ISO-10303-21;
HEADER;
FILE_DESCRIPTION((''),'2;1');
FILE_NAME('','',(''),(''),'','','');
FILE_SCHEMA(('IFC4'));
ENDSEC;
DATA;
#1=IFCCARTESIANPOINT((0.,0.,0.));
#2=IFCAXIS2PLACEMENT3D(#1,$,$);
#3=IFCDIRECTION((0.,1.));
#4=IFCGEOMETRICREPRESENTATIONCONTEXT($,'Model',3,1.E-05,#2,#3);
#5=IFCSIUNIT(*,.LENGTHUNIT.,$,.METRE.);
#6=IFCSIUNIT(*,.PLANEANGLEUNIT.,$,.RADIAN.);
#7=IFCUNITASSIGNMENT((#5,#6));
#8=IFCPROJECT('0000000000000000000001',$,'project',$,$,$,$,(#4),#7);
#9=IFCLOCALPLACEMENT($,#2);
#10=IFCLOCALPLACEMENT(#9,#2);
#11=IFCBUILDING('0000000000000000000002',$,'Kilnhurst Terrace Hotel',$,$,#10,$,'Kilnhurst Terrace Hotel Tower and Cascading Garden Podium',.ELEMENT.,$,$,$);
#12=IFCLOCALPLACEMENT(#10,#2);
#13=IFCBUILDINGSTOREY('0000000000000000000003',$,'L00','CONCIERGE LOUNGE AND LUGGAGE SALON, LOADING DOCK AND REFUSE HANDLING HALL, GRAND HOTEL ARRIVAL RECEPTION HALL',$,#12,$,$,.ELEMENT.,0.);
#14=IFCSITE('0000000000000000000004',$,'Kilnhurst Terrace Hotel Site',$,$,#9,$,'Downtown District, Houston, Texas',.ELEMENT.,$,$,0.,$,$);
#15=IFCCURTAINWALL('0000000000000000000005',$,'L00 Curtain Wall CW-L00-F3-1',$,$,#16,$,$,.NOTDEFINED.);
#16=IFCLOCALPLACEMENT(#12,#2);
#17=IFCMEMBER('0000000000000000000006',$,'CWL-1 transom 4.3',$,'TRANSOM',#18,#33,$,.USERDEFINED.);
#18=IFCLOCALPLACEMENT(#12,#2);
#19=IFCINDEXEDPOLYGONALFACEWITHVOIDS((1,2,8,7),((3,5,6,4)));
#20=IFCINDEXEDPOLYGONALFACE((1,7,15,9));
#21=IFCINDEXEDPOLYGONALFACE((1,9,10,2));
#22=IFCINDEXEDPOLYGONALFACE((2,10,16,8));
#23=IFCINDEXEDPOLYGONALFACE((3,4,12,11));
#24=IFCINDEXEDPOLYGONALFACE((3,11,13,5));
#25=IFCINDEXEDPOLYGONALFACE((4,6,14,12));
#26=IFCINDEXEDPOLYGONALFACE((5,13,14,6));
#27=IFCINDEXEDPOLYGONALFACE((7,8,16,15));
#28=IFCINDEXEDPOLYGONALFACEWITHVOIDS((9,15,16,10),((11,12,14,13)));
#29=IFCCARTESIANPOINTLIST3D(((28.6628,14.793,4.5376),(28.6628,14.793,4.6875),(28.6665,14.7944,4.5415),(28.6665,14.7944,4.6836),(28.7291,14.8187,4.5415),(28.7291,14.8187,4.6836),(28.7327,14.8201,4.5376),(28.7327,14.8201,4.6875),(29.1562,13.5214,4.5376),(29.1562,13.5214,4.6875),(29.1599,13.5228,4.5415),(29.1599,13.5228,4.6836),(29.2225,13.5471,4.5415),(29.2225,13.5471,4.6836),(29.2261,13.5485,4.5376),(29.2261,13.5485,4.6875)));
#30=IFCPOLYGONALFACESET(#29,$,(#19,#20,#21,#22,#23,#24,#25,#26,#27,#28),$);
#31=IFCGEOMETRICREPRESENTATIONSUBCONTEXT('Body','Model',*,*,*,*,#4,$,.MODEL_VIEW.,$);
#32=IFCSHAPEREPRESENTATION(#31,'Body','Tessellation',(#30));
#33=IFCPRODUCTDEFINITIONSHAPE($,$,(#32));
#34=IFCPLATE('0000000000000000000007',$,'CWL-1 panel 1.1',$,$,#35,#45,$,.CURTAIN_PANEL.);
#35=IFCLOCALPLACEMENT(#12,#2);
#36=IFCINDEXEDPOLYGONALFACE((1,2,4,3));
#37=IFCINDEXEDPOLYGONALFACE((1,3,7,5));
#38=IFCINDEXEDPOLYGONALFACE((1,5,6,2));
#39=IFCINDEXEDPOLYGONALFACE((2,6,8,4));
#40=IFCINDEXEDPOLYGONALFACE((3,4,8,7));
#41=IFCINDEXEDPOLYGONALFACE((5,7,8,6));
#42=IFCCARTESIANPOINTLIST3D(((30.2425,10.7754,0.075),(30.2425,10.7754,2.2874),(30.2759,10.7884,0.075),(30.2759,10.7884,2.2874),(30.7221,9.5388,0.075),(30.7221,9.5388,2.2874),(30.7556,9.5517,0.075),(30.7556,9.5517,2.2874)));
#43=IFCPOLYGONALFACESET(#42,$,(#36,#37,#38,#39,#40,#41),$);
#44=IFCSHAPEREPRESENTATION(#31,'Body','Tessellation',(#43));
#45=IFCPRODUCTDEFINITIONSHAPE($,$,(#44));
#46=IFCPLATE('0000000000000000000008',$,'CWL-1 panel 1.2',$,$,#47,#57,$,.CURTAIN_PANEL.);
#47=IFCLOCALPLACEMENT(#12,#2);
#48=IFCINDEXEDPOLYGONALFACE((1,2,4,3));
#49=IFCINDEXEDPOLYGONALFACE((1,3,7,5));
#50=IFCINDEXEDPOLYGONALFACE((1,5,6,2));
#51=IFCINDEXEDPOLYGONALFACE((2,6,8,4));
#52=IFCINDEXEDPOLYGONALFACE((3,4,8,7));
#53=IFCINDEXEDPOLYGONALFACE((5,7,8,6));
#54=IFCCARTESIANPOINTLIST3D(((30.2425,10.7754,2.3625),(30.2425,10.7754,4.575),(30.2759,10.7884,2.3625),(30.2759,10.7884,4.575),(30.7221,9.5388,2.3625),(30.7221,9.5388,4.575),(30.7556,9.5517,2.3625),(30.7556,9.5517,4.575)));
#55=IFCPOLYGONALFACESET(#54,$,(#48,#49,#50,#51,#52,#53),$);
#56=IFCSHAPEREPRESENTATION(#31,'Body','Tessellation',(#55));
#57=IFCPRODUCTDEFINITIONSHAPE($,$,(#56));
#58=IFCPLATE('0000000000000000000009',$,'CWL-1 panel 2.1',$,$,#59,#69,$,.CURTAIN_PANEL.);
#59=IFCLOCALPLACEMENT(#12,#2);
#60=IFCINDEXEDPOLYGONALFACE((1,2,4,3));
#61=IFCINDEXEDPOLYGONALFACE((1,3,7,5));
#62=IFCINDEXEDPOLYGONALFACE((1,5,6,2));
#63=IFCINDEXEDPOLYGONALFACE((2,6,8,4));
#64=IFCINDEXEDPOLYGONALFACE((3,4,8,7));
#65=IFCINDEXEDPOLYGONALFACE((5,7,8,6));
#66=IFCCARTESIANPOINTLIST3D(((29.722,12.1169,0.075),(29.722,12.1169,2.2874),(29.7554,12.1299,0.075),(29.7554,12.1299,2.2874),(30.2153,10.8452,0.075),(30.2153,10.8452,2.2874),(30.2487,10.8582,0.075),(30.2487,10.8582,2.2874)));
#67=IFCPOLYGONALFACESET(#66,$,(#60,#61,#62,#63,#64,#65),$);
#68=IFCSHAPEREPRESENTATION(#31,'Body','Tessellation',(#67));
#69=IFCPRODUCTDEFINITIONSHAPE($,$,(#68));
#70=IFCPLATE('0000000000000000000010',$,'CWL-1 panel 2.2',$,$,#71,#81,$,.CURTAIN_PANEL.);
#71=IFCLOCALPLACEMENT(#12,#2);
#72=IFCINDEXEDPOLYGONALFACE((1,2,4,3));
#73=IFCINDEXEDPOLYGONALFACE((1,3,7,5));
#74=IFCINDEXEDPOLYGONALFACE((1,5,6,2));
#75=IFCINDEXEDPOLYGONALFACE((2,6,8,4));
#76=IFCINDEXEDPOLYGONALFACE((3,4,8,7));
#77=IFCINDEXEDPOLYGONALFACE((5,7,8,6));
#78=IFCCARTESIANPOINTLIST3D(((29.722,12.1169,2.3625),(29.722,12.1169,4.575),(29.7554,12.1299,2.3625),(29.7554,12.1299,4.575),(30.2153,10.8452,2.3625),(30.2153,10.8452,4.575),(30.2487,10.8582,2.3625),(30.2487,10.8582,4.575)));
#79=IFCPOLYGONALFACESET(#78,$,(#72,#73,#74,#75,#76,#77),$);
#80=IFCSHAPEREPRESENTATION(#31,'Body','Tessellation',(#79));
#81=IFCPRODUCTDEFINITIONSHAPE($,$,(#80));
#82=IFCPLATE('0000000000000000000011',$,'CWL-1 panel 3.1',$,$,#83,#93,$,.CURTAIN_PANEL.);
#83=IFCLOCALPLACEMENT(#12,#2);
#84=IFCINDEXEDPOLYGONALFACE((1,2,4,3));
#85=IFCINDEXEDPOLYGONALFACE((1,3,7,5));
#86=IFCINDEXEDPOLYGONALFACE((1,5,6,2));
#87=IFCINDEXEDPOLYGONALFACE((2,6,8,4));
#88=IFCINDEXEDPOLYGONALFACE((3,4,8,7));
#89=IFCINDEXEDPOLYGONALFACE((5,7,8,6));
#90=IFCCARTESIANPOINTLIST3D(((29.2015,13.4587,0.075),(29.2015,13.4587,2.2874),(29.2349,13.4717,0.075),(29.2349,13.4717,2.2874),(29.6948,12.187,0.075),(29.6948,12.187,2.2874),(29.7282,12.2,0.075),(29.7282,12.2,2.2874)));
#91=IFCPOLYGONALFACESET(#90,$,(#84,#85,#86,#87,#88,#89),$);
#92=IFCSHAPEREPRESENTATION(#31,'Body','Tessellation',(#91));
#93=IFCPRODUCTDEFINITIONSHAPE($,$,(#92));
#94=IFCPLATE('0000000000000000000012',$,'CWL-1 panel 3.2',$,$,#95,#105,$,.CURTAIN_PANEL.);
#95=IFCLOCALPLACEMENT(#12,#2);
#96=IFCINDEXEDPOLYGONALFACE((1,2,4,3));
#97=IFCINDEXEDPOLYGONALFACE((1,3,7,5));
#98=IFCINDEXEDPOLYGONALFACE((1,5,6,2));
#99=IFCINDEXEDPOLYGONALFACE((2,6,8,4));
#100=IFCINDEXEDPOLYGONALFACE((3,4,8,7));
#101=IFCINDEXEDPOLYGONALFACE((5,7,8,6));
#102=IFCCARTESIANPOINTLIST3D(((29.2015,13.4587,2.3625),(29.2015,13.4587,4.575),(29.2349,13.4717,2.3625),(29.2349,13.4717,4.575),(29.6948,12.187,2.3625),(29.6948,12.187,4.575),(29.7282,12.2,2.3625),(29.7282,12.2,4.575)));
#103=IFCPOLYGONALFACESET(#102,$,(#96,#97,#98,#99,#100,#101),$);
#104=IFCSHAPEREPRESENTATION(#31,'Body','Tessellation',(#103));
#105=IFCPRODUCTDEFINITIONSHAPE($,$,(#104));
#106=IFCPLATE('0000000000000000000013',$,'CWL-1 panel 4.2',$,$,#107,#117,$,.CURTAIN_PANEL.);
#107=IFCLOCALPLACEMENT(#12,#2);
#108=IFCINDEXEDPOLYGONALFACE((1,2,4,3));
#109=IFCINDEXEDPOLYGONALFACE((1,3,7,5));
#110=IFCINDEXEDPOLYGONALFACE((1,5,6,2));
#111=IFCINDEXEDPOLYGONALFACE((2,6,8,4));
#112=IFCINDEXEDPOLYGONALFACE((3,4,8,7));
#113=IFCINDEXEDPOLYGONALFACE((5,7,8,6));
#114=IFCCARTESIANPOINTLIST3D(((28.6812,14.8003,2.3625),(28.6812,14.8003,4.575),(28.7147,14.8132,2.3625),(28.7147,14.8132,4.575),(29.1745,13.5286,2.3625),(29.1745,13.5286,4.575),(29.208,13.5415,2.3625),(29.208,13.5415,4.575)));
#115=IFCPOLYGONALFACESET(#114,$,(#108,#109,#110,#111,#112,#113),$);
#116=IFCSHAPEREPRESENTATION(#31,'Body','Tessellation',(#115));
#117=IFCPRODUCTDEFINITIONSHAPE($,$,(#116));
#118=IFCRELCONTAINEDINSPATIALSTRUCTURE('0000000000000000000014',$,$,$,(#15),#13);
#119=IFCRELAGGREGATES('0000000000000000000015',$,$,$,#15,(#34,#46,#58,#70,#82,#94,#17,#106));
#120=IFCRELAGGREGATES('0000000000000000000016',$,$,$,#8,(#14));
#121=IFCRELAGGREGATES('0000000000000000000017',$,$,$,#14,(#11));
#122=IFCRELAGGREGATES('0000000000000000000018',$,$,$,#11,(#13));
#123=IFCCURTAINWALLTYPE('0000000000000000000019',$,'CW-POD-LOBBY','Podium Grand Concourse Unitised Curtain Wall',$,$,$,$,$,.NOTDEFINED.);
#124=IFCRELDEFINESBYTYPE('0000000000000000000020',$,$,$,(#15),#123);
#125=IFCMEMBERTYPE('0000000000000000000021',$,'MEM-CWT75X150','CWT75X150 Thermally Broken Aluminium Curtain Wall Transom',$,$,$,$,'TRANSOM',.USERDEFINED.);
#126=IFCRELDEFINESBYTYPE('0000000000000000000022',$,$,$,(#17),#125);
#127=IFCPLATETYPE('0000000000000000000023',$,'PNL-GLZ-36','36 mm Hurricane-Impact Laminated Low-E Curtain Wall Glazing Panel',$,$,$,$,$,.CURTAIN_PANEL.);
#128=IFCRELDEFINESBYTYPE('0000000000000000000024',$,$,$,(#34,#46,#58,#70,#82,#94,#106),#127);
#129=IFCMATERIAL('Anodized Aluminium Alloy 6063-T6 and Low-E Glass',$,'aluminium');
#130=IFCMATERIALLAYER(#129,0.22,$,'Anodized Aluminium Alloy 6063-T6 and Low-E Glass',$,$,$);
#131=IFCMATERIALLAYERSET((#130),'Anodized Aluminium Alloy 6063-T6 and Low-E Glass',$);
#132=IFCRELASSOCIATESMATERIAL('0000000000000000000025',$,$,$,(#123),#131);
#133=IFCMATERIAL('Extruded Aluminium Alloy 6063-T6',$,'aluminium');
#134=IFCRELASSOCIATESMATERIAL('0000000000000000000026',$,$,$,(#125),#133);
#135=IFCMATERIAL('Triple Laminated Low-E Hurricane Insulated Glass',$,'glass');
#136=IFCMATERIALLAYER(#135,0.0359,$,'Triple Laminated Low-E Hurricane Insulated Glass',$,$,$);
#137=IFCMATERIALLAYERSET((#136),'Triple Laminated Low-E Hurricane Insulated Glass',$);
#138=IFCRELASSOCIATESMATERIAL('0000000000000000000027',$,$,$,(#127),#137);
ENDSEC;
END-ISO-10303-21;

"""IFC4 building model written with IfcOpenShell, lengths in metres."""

from ifc_helpers import new_model, si_unit, direction, frame, origin, origin_2d, place, context, subcontext, project, spatial, rectangle, hollow_rectangle, extrude, material, layer, layer_set, material_profile, profile_set, type_object, element, aggregate, save


model = new_model("IFC4")

# Units and contexts
model_context = context("Model", 3, precision=1e-05, world=origin(), true_north=direction((0.0, 1.0)))
body_context = subcontext(model_context, "Body", "Model", "MODEL_VIEW")
ifc_project = project(units=[si_unit("LENGTHUNIT", "METRE"), si_unit("PLANEANGLEUNIT", "RADIAN")], contexts=[model_context])

# Site, building, storey
site_placement = place(None, origin())
site = spatial("IfcSite", under=ifc_project, at=site_placement, Name="Kilnhurst Terrace Hotel Site", LongName="Downtown District, Houston, Texas", CompositionType="ELEMENT", RefElevation=0.0)
building_placement = place(site_placement, origin())
building = spatial("IfcBuilding", under=site, at=building_placement, Name="Kilnhurst Terrace Hotel", LongName="Kilnhurst Terrace Hotel Tower and Cascading Garden Podium", CompositionType="ELEMENT")
storey_placement = place(building_placement, origin())
storey = spatial("IfcBuildingStorey", under=building, at=storey_placement, Name="L00", Description="CONCIERGE LOUNGE AND LUGGAGE SALON, LOADING DOCK AND REFUSE HANDLING HALL, GRAND HOTEL ARRIVAL RECEPTION HALL", CompositionType="ELEMENT", Elevation=0.0)

# Curtain wall, member, plates
ifc_material_1 = material(Name="Anodized Aluminium Alloy 6063-T6 and Low-E Glass", Category="aluminium")
ifc_layer_1 = layer(ifc_material_1, 0.22, Name="Anodized Aluminium Alloy 6063-T6 and Low-E Glass")
ifc_layer_set_1 = layer_set([ifc_layer_1], Name="Anodized Aluminium Alloy 6063-T6 and Low-E Glass")
curtain_wall_type = type_object("IfcCurtainWallType", Name="CW-POD-LOBBY", Description="Podium Grand Concourse Unitised Curtain Wall", PredefinedType="NOTDEFINED", material=ifc_layer_set_1)
curtain_wall_placement = place(storey_placement, origin())
curtain_wall = element("IfcCurtainWall", 1, at=curtain_wall_placement, inside=storey, type_object=curtain_wall_type, Name="L00 Curtain Wall CW-L00-F3-1", PredefinedType="NOTDEFINED")
ifc_material_2 = material(Name="Extruded Aluminium Alloy 6063-T6", Category="aluminium")
ifc_material_profile_1 = material_profile(ifc_material_2, hollow_rectangle(XDim=0.075, YDim=0.1499, WallThickness=0.0039, at=origin_2d()), Name="CWT75X150")
ifc_profile_set_1 = profile_set([ifc_material_profile_1], Name="Extruded Aluminium Alloy 6063-T6")
member_type_1 = type_object("IfcMemberType", Name="MEM-CWT75X150", Description="CWT75X150 Thermally Broken Aluminium Curtain Wall Transom", ElementType="TRANSOM", PredefinedType="USERDEFINED", material=ifc_profile_set_1)
member_1_placement = place(storey_placement, frame((29.1912, 13.5349, 4.6125), z_axis=(-0.361712, 0.93229, 0.0), x_axis=(-0.93229, -0.361712, 0.0)))
member_1 = element("IfcMember", 2, at=member_1_placement, type_object=member_type_1, Name="CWL-1 transom 4.3", ObjectType="TRANSOM", PredefinedType="USERDEFINED", context=body_context, shape_type="SweptSolid", body=[
    extrude(hollow_rectangle(XDim=0.075, YDim=0.1499, WallThickness=0.0039, at=origin_2d()), origin(), (0.0, 0.0, 1.0), 1.364),
])
ifc_material_3 = material(Name="Triple Laminated Low-E Hurricane Insulated Glass", Category="glass")
ifc_layer_2 = layer(ifc_material_3, 0.0359, Name="Triple Laminated Low-E Hurricane Insulated Glass")
ifc_layer_set_2 = layer_set([ifc_layer_2], Name="Triple Laminated Low-E Hurricane Insulated Glass")
plate_type = type_object("IfcPlateType", Name="PNL-GLZ-36", Description="36 mm Hurricane-Impact Laminated Low-E Curtain Wall Glazing Panel", PredefinedType="CURTAIN_PANEL", material=ifc_layer_set_2)
plate_1_placement = place(storey_placement, frame((30.499, 10.1636, 0.075), z_axis=(0.0, 0.0, 1.0), x_axis=(-0.361639, 0.932318, 0.0)))
plate_1 = element("IfcPlate", 3, at=plate_1_placement, type_object=plate_type, Name="CWL-1 panel 1.1", PredefinedType="CURTAIN_PANEL", context=body_context, shape_type="SweptSolid", body=[
    extrude(rectangle(XDim=1.3264, YDim=0.0359, at=origin_2d()), origin(), (0.0, 0.0, 1.0), 2.2124),
])
plate_2_placement = place(storey_placement, frame((30.499, 10.1636, 2.3625), z_axis=(0.0, 0.0, 1.0), x_axis=(-0.361639, 0.932318, 0.0)))
plate_2 = element("IfcPlate", 4, at=plate_2_placement, type_object=plate_type, Name="CWL-1 panel 1.2", PredefinedType="CURTAIN_PANEL", context=body_context, shape_type="SweptSolid", body=[
    extrude(rectangle(XDim=1.3264, YDim=0.0359, at=origin_2d()), origin(), (0.0, 0.0, 1.0), 2.2124),
])
plate_3_placement = place(storey_placement, frame((29.9854, 11.4875, 0.075), z_axis=(0.0, 0.0, 1.0), x_axis=(-0.361639, 0.932318, 0.0)))
plate_3 = element("IfcPlate", 5, at=plate_3_placement, type_object=plate_type, Name="CWL-1 panel 2.1", PredefinedType="CURTAIN_PANEL", context=body_context, shape_type="SweptSolid", body=[
    extrude(rectangle(XDim=1.364, YDim=0.0359, at=origin_2d()), origin(), (0.0, 0.0, 1.0), 2.2124),
])
plate_4_placement = place(storey_placement, frame((29.9854, 11.4875, 2.3625), z_axis=(0.0, 0.0, 1.0), x_axis=(-0.361639, 0.932318, 0.0)))
plate_4 = element("IfcPlate", 6, at=plate_4_placement, type_object=plate_type, Name="CWL-1 panel 2.2", PredefinedType="CURTAIN_PANEL", context=body_context, shape_type="SweptSolid", body=[
    extrude(rectangle(XDim=1.364, YDim=0.0359, at=origin_2d()), origin(), (0.0, 0.0, 1.0), 2.2124),
])
plate_5_placement = place(storey_placement, frame((29.4648, 12.8293, 0.075), z_axis=(0.0, 0.0, 1.0), x_axis=(-0.361639, 0.932318, 0.0)))
plate_5 = element("IfcPlate", 7, at=plate_5_placement, type_object=plate_type, Name="CWL-1 panel 3.1", PredefinedType="CURTAIN_PANEL", context=body_context, shape_type="SweptSolid", body=[
    extrude(rectangle(XDim=1.364, YDim=0.0359, at=origin_2d()), origin(), (0.0, 0.0, 1.0), 2.2124),
])
plate_6_placement = place(storey_placement, frame((29.4648, 12.8293, 2.3625), z_axis=(0.0, 0.0, 1.0), x_axis=(-0.361639, 0.932318, 0.0)))
plate_6 = element("IfcPlate", 8, at=plate_6_placement, type_object=plate_type, Name="CWL-1 panel 3.2", PredefinedType="CURTAIN_PANEL", context=body_context, shape_type="SweptSolid", body=[
    extrude(rectangle(XDim=1.364, YDim=0.0359, at=origin_2d()), origin(), (0.0, 0.0, 1.0), 2.2124),
])
plate_7_placement = place(storey_placement, frame((28.9446, 14.1709, 2.3625), z_axis=(0.0, 0.0, 1.0), x_axis=(-0.361639, 0.932318, 0.0)))
plate_7 = element("IfcPlate", 9, at=plate_7_placement, type_object=plate_type, Name="CWL-1 panel 4.2", PredefinedType="CURTAIN_PANEL", context=body_context, shape_type="SweptSolid", body=[
    extrude(rectangle(XDim=1.364, YDim=0.0359, at=origin_2d()), origin(), (0.0, 0.0, 1.0), 2.2124),
])
aggregate(curtain_wall, [plate_1, plate_2, plate_3, plate_4, plate_5, plate_6, member_1, plate_7])

save(model, "model.ifc")
